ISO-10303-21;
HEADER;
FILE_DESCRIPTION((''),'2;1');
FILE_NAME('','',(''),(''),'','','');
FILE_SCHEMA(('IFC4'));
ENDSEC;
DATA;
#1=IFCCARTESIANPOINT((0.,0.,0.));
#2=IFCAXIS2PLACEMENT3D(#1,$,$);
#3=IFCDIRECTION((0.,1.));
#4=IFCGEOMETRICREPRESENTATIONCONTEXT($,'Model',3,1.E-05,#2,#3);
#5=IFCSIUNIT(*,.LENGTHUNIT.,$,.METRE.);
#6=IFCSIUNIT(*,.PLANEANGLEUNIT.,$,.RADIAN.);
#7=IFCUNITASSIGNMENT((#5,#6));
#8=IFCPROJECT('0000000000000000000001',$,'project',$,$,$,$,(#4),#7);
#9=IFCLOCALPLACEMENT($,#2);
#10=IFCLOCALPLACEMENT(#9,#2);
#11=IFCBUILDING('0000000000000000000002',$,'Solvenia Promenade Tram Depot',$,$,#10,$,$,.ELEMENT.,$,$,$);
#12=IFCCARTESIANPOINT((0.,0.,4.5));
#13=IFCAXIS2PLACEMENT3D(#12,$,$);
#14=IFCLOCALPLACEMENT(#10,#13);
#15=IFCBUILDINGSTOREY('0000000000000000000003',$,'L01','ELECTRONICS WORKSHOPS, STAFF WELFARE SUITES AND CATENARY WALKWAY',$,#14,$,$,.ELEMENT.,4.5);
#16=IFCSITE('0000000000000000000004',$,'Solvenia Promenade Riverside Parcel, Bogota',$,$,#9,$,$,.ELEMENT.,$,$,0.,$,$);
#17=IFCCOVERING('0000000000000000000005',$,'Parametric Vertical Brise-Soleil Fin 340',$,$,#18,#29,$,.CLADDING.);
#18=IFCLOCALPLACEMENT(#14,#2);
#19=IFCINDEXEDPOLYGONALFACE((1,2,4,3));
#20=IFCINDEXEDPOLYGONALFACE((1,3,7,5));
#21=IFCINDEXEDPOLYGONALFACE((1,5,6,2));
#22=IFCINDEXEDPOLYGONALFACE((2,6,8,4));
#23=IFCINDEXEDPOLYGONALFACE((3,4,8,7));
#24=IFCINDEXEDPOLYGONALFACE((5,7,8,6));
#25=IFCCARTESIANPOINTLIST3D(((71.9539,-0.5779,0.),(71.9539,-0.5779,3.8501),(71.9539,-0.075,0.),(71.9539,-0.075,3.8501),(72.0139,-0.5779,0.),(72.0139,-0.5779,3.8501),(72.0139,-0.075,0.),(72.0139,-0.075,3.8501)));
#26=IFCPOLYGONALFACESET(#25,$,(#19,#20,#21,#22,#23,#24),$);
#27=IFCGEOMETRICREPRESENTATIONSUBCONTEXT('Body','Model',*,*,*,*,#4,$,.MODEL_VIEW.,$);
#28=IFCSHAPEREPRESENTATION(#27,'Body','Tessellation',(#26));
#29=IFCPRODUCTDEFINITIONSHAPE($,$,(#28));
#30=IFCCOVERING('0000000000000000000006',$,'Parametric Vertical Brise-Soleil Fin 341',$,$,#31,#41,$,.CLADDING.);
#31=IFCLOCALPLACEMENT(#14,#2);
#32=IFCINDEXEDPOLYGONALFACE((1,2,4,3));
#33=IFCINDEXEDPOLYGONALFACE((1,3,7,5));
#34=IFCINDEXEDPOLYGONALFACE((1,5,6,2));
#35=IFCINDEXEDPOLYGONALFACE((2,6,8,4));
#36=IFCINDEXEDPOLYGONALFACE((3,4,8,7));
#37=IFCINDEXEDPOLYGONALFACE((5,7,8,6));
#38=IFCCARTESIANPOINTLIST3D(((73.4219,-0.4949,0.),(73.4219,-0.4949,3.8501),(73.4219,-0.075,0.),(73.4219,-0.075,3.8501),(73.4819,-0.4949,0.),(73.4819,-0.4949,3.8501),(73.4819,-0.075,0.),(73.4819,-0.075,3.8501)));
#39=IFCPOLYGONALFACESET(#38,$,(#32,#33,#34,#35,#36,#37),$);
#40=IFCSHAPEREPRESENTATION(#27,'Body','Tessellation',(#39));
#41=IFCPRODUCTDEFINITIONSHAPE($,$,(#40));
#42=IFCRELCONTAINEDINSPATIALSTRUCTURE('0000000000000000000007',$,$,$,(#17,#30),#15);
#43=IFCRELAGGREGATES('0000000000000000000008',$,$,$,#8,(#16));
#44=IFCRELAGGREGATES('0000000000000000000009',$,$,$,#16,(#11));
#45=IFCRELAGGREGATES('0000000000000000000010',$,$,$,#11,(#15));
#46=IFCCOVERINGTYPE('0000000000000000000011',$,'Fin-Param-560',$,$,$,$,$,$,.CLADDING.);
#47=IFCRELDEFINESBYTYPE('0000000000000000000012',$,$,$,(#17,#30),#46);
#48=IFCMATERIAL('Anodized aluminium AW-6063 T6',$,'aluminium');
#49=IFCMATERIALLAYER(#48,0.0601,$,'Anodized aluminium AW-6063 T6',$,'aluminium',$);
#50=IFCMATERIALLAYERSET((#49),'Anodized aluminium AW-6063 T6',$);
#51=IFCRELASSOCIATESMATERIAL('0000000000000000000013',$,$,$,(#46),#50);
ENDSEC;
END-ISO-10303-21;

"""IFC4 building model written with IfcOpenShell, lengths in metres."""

from ifc_helpers import new_model, si_unit, direction, frame, origin, origin_2d, place, context, subcontext, project, spatial, rectangle, extrude, material, layer, layer_set, type_object, element, save


model = new_model("IFC4")

# Units and contexts
model_context = context("Model", 3, precision=1e-05, world=origin(), true_north=direction((0.0, 1.0)))
body_context = subcontext(model_context, "Body", "Model", "MODEL_VIEW")
ifc_project = project(units=[si_unit("LENGTHUNIT", "METRE"), si_unit("PLANEANGLEUNIT", "RADIAN")], contexts=[model_context])

# Site, building, storey
site_placement = place(None, origin())
site = spatial("IfcSite", under=ifc_project, at=site_placement, Name="Solvenia Promenade Riverside Parcel, Bogota", CompositionType="ELEMENT", RefElevation=0.0)
building_placement = place(site_placement, origin())
building = spatial("IfcBuilding", under=site, at=building_placement, Name="Solvenia Promenade Tram Depot", CompositionType="ELEMENT")
storey_placement = place(building_placement, frame((0.0, 0.0, 4.5)))
storey = spatial("IfcBuildingStorey", under=building, at=storey_placement, Name="L01", Description="ELECTRONICS WORKSHOPS, STAFF WELFARE SUITES AND CATENARY WALKWAY", CompositionType="ELEMENT", Elevation=4.5)

# Shared definitions
ifc_material_1 = material(Name="Anodized aluminium AW-6063 T6", Category="aluminium")

# Coverings
ifc_layer_1 = layer(ifc_material_1, 0.0601, Name="Anodized aluminium AW-6063 T6", Category="aluminium")
ifc_layer_set_1 = layer_set([ifc_layer_1], Name="Anodized aluminium AW-6063 T6")
covering_type = type_object("IfcCoveringType", Name="Fin-Param-560", PredefinedType="CLADDING", material=ifc_layer_set_1)
covering_1_placement = place(storey_placement, frame((71.9839, -0.3264, 0.0), z_axis=(0.0, 0.0, 1.0), x_axis=(1.0, 0.0, 0.0)))
element("IfcCovering", 1, at=covering_1_placement, inside=storey, type_object=covering_type, Name="Parametric Vertical Brise-Soleil Fin 340", PredefinedType="CLADDING", context=body_context, shape_type="SweptSolid", body=[
    extrude(rectangle(XDim=0.0601, YDim=0.5029, at=origin_2d()), origin(), (0.0, 0.0, 1.0), 3.8501),
])
covering_2_placement = place(storey_placement, frame((73.4519, -0.2849, 0.0), z_axis=(0.0, 0.0, 1.0), x_axis=(1.0, 0.0, 0.0)))
element("IfcCovering", 2, at=covering_2_placement, inside=storey, type_object=covering_type, Name="Parametric Vertical Brise-Soleil Fin 341", PredefinedType="CLADDING", context=body_context, shape_type="SweptSolid", body=[
    extrude(rectangle(XDim=0.0601, YDim=0.4199, at=origin_2d()), origin(), (0.0, 0.0, 1.0), 3.8501),
])

save(model, "model.ifc")
